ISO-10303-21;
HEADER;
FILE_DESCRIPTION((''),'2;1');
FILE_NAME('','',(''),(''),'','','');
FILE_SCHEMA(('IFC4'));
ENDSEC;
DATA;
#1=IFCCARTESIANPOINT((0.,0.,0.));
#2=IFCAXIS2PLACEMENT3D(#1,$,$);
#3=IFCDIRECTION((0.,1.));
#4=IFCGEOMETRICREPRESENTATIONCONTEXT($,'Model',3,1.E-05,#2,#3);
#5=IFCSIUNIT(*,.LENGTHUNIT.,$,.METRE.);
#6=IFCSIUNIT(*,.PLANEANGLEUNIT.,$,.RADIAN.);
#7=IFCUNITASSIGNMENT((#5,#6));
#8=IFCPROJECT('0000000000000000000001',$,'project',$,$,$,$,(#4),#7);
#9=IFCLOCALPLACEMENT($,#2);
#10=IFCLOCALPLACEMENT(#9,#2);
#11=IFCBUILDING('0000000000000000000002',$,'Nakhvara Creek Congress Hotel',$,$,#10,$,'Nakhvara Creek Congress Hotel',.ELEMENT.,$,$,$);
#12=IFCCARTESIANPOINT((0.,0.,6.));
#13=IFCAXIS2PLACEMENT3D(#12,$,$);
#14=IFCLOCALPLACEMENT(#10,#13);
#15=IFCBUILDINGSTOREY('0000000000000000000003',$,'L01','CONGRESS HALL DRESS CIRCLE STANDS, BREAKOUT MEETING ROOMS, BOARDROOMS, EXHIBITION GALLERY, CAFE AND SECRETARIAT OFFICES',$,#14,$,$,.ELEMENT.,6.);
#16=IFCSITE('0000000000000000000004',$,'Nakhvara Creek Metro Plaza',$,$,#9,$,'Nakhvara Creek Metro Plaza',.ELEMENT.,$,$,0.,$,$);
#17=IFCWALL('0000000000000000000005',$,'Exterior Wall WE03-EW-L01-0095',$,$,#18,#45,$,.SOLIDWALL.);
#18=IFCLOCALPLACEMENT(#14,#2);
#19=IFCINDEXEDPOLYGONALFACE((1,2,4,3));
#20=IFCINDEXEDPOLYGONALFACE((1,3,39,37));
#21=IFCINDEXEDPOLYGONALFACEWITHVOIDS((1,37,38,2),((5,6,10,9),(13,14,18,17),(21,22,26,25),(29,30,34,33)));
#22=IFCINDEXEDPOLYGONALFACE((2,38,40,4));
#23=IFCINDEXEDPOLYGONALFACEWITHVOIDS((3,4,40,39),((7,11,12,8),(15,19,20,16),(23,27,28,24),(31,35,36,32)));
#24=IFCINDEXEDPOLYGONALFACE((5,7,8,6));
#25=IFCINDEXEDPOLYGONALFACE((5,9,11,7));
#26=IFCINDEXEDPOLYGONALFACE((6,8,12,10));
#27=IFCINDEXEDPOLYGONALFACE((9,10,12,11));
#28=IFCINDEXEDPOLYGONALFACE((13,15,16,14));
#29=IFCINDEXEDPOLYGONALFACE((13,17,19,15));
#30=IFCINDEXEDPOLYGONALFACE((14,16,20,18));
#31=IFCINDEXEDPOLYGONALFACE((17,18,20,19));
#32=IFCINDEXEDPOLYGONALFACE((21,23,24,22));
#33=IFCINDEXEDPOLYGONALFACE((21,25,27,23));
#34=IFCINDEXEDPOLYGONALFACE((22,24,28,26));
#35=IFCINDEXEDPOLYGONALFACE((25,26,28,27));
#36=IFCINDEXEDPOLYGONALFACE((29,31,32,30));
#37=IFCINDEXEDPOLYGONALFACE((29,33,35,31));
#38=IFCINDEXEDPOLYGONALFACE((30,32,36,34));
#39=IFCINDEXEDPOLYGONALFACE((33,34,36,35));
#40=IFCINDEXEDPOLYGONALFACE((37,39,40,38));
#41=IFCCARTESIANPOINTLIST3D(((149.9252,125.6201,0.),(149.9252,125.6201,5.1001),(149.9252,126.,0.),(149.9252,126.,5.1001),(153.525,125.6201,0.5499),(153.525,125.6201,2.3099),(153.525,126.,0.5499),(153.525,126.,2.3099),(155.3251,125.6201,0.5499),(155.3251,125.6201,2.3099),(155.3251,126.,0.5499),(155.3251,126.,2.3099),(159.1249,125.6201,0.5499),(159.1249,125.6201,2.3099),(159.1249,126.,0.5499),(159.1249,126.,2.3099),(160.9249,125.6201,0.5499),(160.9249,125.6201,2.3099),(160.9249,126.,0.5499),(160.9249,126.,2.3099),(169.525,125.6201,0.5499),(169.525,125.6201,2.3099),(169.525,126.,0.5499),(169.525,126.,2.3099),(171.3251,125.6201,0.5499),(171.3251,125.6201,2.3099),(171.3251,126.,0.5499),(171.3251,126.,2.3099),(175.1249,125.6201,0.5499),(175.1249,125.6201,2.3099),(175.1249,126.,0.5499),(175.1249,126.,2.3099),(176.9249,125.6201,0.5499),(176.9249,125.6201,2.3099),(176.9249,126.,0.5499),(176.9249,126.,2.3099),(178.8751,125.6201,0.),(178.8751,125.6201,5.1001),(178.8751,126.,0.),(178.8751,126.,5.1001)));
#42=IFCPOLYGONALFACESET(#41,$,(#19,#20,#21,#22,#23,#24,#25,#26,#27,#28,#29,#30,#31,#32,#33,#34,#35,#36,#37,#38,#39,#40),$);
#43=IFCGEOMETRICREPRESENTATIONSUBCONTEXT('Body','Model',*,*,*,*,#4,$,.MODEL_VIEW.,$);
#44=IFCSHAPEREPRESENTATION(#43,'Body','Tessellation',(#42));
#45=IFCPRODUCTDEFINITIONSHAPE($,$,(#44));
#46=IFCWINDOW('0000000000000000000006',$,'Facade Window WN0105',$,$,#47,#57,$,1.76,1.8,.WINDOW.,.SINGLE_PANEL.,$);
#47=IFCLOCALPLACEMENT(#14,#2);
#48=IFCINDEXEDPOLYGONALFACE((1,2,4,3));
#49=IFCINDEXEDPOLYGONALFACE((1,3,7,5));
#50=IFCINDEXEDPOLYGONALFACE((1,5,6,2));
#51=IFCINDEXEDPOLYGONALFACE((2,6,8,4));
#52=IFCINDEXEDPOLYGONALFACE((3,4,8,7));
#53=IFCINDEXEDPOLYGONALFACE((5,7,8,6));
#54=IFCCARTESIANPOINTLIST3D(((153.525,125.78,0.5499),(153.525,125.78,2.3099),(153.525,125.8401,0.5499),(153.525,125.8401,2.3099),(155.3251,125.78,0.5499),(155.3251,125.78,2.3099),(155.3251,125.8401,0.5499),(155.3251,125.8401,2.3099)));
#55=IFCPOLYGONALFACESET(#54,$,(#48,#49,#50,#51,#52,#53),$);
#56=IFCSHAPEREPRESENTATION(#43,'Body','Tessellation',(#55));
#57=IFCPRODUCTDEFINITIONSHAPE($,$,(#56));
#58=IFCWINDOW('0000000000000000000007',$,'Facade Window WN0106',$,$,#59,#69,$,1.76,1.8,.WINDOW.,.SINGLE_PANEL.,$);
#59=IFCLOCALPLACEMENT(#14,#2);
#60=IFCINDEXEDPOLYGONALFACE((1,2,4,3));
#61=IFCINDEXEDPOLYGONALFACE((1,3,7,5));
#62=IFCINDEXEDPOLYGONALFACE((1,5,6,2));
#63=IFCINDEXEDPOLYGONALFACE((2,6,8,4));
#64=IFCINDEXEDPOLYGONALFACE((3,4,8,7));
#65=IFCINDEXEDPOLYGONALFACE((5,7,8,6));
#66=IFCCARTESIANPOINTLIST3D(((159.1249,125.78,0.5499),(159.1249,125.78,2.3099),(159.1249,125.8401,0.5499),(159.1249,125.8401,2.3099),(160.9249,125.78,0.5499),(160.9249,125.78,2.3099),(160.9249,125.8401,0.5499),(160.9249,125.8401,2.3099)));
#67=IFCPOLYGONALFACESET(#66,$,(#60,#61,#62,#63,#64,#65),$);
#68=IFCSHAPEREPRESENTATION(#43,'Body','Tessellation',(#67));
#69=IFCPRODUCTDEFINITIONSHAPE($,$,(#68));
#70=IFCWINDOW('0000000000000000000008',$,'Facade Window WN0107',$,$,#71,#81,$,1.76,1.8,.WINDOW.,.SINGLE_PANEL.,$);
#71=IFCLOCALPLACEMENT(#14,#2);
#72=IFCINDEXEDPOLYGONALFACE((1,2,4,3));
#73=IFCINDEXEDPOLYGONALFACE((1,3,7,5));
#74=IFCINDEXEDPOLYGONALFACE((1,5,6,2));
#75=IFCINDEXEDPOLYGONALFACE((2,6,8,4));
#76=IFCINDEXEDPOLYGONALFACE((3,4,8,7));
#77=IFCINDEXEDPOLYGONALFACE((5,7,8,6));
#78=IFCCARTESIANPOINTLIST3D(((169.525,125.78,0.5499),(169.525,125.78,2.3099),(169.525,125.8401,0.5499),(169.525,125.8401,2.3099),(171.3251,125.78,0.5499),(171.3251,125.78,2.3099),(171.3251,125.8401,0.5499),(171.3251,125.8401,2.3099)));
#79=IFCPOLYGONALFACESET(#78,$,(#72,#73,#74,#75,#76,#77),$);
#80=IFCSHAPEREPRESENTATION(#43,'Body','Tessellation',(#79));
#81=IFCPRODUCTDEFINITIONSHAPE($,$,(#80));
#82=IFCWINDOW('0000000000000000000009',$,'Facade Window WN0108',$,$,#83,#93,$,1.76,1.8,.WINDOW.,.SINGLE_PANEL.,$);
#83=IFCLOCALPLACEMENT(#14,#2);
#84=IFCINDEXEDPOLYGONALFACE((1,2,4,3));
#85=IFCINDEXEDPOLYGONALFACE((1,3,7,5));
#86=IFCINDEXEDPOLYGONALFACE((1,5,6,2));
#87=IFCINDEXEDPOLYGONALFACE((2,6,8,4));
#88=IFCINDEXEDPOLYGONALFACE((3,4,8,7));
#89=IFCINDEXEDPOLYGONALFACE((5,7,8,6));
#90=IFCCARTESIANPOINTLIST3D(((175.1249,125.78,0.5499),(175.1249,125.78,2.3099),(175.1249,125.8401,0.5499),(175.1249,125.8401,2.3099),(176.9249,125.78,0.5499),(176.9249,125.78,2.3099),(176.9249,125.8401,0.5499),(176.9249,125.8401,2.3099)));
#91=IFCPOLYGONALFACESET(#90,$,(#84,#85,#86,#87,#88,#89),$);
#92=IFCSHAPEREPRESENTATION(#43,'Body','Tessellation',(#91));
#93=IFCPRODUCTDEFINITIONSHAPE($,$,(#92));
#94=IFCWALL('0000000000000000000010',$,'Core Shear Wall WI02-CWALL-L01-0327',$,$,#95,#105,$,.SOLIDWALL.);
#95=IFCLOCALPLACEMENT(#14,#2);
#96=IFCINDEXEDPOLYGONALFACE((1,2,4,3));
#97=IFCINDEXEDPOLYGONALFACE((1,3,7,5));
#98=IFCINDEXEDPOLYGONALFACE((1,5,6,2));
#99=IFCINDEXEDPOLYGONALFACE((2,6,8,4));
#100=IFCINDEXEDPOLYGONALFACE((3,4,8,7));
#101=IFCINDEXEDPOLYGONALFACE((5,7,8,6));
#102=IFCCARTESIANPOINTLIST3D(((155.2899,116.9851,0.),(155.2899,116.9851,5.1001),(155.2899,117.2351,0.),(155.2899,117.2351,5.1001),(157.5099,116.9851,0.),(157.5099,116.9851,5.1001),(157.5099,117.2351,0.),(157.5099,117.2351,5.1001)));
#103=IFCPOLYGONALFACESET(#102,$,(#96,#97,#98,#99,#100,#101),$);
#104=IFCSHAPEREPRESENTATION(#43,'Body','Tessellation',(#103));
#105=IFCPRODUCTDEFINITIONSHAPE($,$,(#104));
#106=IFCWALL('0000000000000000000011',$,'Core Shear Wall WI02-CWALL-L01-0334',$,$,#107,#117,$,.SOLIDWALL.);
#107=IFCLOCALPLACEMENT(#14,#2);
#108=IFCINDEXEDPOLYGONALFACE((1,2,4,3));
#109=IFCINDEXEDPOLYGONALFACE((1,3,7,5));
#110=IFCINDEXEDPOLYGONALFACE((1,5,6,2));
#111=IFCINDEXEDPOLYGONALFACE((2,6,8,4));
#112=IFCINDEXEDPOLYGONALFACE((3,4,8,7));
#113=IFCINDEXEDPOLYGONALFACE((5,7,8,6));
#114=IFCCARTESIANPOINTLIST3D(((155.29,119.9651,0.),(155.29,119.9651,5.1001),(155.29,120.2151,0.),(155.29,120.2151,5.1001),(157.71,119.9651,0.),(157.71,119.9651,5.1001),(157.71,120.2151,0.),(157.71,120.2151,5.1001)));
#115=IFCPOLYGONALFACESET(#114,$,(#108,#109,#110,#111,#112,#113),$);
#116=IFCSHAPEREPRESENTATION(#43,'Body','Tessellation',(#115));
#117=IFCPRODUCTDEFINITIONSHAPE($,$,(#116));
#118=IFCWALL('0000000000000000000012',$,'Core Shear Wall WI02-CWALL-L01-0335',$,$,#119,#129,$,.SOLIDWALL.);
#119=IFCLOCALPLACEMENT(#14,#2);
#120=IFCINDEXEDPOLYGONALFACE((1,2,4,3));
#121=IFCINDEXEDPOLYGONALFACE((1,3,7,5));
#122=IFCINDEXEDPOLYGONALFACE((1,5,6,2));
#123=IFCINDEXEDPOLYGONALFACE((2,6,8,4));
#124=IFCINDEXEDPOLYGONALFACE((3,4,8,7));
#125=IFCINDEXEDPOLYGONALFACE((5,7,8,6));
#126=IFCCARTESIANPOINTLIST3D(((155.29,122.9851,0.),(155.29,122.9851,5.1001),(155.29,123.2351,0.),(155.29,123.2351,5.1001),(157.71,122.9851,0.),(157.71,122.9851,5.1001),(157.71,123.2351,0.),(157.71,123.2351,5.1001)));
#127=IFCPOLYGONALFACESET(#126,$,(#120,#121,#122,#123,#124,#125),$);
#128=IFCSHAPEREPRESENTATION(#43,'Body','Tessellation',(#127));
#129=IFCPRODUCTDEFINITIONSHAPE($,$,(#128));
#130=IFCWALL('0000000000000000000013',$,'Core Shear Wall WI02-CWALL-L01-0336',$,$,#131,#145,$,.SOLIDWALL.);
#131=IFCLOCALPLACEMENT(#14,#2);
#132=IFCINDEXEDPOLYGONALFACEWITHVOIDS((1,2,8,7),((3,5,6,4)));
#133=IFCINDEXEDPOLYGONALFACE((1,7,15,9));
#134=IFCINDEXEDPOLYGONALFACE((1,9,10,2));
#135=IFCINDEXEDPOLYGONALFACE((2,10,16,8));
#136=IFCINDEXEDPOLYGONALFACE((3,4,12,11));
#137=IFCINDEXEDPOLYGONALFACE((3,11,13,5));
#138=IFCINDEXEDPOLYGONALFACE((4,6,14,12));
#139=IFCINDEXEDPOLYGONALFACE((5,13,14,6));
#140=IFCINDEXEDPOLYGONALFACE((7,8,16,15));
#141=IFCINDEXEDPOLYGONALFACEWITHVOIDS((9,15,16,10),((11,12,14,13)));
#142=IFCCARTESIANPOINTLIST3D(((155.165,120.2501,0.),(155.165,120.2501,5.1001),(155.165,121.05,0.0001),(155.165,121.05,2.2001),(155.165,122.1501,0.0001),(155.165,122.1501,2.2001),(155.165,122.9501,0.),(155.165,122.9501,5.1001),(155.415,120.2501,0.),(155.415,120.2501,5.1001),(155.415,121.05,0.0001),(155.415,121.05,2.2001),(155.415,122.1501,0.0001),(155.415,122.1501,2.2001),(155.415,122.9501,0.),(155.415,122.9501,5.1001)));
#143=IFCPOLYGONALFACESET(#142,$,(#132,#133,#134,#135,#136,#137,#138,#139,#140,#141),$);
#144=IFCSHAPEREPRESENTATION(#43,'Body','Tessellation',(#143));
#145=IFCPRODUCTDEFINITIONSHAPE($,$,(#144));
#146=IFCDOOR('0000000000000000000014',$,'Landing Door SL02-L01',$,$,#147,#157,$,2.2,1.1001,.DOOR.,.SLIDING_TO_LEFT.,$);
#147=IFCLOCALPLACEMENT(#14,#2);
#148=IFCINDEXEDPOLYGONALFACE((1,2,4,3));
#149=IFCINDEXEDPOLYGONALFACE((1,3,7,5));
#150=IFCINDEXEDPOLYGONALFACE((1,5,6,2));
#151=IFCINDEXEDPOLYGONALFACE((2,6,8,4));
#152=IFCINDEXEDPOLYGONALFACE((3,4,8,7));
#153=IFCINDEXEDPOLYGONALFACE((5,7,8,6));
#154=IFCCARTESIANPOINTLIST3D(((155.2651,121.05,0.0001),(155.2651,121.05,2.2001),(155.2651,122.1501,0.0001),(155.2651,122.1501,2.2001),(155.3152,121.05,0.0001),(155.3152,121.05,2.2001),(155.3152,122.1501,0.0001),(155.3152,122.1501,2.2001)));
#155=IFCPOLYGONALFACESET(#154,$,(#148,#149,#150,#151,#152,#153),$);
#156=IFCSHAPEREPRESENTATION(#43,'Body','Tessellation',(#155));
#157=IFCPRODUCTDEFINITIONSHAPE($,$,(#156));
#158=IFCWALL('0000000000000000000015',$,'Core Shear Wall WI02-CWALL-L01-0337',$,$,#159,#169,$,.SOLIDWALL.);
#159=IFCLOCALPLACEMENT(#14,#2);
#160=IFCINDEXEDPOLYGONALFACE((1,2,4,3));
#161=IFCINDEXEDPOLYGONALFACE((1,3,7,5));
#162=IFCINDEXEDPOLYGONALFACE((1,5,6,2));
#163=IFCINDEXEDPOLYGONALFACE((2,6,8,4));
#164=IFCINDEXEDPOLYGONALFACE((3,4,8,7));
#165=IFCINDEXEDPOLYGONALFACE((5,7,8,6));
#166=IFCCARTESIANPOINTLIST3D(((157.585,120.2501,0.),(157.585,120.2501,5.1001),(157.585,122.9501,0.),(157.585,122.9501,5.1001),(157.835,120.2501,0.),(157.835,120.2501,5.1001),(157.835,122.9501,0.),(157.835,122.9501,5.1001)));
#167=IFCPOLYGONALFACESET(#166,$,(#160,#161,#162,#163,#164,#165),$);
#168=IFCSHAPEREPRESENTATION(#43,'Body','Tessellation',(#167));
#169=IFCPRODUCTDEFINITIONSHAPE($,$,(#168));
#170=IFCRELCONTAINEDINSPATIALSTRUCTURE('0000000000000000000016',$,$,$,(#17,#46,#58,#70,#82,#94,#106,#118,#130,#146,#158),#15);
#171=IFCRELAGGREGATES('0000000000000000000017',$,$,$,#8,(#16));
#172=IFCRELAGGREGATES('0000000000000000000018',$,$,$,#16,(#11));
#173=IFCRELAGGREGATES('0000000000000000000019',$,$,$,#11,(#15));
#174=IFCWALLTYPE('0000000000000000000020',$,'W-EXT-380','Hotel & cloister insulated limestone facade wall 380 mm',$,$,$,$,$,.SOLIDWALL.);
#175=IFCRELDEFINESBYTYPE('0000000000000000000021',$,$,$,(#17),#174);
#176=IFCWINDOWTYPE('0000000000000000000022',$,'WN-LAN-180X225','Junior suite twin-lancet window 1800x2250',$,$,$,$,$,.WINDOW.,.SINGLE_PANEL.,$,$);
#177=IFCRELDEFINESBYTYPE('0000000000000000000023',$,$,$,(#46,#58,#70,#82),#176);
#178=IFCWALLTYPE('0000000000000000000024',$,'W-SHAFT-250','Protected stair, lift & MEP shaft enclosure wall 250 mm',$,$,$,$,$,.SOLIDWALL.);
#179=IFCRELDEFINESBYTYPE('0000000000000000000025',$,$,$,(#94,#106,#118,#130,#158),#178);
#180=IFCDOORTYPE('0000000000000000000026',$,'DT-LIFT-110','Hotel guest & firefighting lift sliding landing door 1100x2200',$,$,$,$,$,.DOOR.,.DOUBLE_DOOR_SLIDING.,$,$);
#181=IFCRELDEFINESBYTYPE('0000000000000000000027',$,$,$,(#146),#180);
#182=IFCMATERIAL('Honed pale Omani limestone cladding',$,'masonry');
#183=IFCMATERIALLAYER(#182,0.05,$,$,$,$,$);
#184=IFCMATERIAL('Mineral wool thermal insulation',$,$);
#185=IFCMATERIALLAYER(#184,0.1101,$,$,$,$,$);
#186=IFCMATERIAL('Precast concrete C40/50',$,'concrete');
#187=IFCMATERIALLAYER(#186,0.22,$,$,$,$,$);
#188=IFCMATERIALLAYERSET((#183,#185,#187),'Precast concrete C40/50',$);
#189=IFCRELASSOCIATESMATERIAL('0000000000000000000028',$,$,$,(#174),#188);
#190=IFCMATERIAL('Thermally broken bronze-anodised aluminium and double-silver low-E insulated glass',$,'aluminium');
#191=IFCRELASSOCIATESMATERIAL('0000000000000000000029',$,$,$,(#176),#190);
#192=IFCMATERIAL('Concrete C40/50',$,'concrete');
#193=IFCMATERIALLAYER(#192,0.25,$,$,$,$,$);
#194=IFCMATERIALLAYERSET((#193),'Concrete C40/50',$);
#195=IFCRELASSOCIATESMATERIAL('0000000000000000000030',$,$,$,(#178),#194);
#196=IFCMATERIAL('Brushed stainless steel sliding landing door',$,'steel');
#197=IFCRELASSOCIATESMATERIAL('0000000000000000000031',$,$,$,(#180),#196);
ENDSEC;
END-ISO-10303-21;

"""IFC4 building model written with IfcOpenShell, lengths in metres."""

from ifc_helpers import new_model, si_unit, direction, frame, frame_2d, origin, place, context, subcontext, project, spatial, rectangle, extrude, material, layer, layer_set, type_object, element, fill, save


model = new_model("IFC4")

# Units and contexts
model_context = context("Model", 3, precision=1e-05, world=origin(), true_north=direction((0.0, 1.0)))
body_context = subcontext(model_context, "Body", "Model", "MODEL_VIEW")
ifc_project = project(units=[si_unit("LENGTHUNIT", "METRE"), si_unit("PLANEANGLEUNIT", "RADIAN")], contexts=[model_context])

# Site, building, storey
site_placement = place(None, origin())
site = spatial("IfcSite", under=ifc_project, at=site_placement, Name="Nakhvara Creek Metro Plaza", LongName="Nakhvara Creek Metro Plaza", CompositionType="ELEMENT", RefElevation=0.0)
building_placement = place(site_placement, origin())
building = spatial("IfcBuilding", under=site, at=building_placement, Name="Nakhvara Creek Congress Hotel", LongName="Nakhvara Creek Congress Hotel", CompositionType="ELEMENT")
storey_placement = place(building_placement, frame((0.0, 0.0, 6.0)))
storey = spatial("IfcBuildingStorey", under=building, at=storey_placement, Name="L01", Description="CONGRESS HALL DRESS CIRCLE STANDS, BREAKOUT MEETING ROOMS, BOARDROOMS, EXHIBITION GALLERY, CAFE AND SECRETARIAT OFFICES", CompositionType="ELEMENT", Elevation=6.0)

# Wall, openings, windows
ifc_material_1 = material(Name="Honed pale Omani limestone cladding", Category="masonry")
ifc_layer_1 = layer(ifc_material_1, 0.05)
ifc_material_2 = material(Name="Mineral wool thermal insulation")
ifc_layer_2 = layer(ifc_material_2, 0.1101)
ifc_material_3 = material(Name="Precast concrete C40/50", Category="concrete")
ifc_layer_3 = layer(ifc_material_3, 0.22)
ifc_layer_set_1 = layer_set([ifc_layer_1, ifc_layer_2, ifc_layer_3], Name="Precast concrete C40/50")
wall_type_1 = type_object("IfcWallType", Name="W-EXT-380", Description="Hotel & cloister insulated limestone facade wall 380 mm", PredefinedType="SOLIDWALL", material=ifc_layer_set_1)
wall_1_placement = place(storey_placement, frame((149.925, 125.8101, 0.0), z_axis=(0.0, 0.0, 1.0), x_axis=(1.0, 0.0, 0.0)))
wall_1 = element("IfcWall", 1, at=wall_1_placement, inside=storey, type_object=wall_type_1, Name="Exterior Wall WE03-EW-L01-0095", PredefinedType="SOLIDWALL", context=body_context, shape_type="SweptSolid", body=[
    extrude(rectangle(XDim=28.95, YDim=0.3799, at=frame_2d((14.4751, 0.0))), origin(), (0.0, 0.0, 1.0), 5.1001),
])
opening_1_placement = place(wall_1_placement, frame((3.6001, 0.0, 0.55)))
opening_1 = element("IfcOpeningElement", 2, at=opening_1_placement, cuts=wall_1, PredefinedType="OPENING", context=body_context, shape_type="SweptSolid", body=[
    extrude(rectangle(XDim=1.8, YDim=1.76, at=frame_2d((0.8999, 0.8799))), frame((0.0, 0.2019, 0.0), z_axis=(0.0, -1.0, 0.0), x_axis=(1.0, 0.0, 0.0)), (0.0, 0.0, 1.0), 0.4038),
])
opening_2_placement = place(wall_1_placement, frame((9.2, 0.0, 0.55)))
opening_2 = element("IfcOpeningElement", 3, at=opening_2_placement, cuts=wall_1, PredefinedType="OPENING", context=body_context, shape_type="SweptSolid", body=[
    extrude(rectangle(XDim=1.8, YDim=1.76, at=frame_2d((0.8999, 0.8799))), frame((0.0, 0.2019, 0.0), z_axis=(0.0, -1.0, 0.0), x_axis=(1.0, 0.0, 0.0)), (0.0, 0.0, 1.0), 0.4038),
])
opening_3_placement = place(wall_1_placement, frame((19.6001, 0.0, 0.55)))
opening_3 = element("IfcOpeningElement", 4, at=opening_3_placement, cuts=wall_1, PredefinedType="OPENING", context=body_context, shape_type="SweptSolid", body=[
    extrude(rectangle(XDim=1.8, YDim=1.76, at=frame_2d((0.8999, 0.8799))), frame((0.0, 0.2019, 0.0), z_axis=(0.0, -1.0, 0.0), x_axis=(1.0, 0.0, 0.0)), (0.0, 0.0, 1.0), 0.4038),
])
opening_4_placement = place(wall_1_placement, frame((25.2, 0.0, 0.55)))
opening_4 = element("IfcOpeningElement", 5, at=opening_4_placement, cuts=wall_1, PredefinedType="OPENING", context=body_context, shape_type="SweptSolid", body=[
    extrude(rectangle(XDim=1.8, YDim=1.76, at=frame_2d((0.8999, 0.8799))), frame((0.0, 0.2019, 0.0), z_axis=(0.0, -1.0, 0.0), x_axis=(1.0, 0.0, 0.0)), (0.0, 0.0, 1.0), 0.4038),
])
ifc_material_4 = material(Name="Thermally broken bronze-anodised aluminium and double-silver low-E insulated glass", Category="aluminium")
window_type = type_object("IfcWindowType", Name="WN-LAN-180X225", Description="Junior suite twin-lancet window 1800x2250", PartitioningType="SINGLE_PANEL", PredefinedType="WINDOW", material=ifc_material_4)
window_1_placement = place(opening_1_placement, origin())
window_1 = element("IfcWindow", 6, at=window_1_placement, inside=storey, type_object=window_type, Name="Facade Window WN0105", OverallHeight=1.76, OverallWidth=1.8, PartitioningType="SINGLE_PANEL", PredefinedType="WINDOW", context=body_context, shape_type="SweptSolid", body=[
    extrude(rectangle(XDim=1.8, YDim=1.76, at=frame_2d((0.8999, 0.8799))), frame((0.0, 0.03, 0.0), z_axis=(0.0, -1.0, 0.0), x_axis=(1.0, 0.0, 0.0)), (0.0, 0.0, 1.0), 0.0601),
])
fill(opening_1, window_1)
window_2_placement = place(opening_2_placement, origin())
window_2 = element("IfcWindow", 7, at=window_2_placement, inside=storey, type_object=window_type, Name="Facade Window WN0106", OverallHeight=1.76, OverallWidth=1.8, PartitioningType="SINGLE_PANEL", PredefinedType="WINDOW", context=body_context, shape_type="SweptSolid", body=[
    extrude(rectangle(XDim=1.8, YDim=1.76, at=frame_2d((0.8999, 0.8799))), frame((0.0, 0.03, 0.0), z_axis=(0.0, -1.0, 0.0), x_axis=(1.0, 0.0, 0.0)), (0.0, 0.0, 1.0), 0.0601),
])
fill(opening_2, window_2)
window_3_placement = place(opening_3_placement, origin())
window_3 = element("IfcWindow", 8, at=window_3_placement, inside=storey, type_object=window_type, Name="Facade Window WN0107", OverallHeight=1.76, OverallWidth=1.8, PartitioningType="SINGLE_PANEL", PredefinedType="WINDOW", context=body_context, shape_type="SweptSolid", body=[
    extrude(rectangle(XDim=1.8, YDim=1.76, at=frame_2d((0.8999, 0.8799))), frame((0.0, 0.03, 0.0), z_axis=(0.0, -1.0, 0.0), x_axis=(1.0, 0.0, 0.0)), (0.0, 0.0, 1.0), 0.0601),
])
fill(opening_3, window_3)
window_4_placement = place(opening_4_placement, origin())
window_4 = element("IfcWindow", 9, at=window_4_placement, inside=storey, type_object=window_type, Name="Facade Window WN0108", OverallHeight=1.76, OverallWidth=1.8, PartitioningType="SINGLE_PANEL", PredefinedType="WINDOW", context=body_context, shape_type="SweptSolid", body=[
    extrude(rectangle(XDim=1.8, YDim=1.76, at=frame_2d((0.8999, 0.8799))), frame((0.0, 0.03, 0.0), z_axis=(0.0, -1.0, 0.0), x_axis=(1.0, 0.0, 0.0)), (0.0, 0.0, 1.0), 0.0601),
])
fill(opening_4, window_4)

# Walls
ifc_material_5 = material(Name="Concrete C40/50", Category="concrete")
ifc_layer_4 = layer(ifc_material_5, 0.25)
ifc_layer_set_2 = layer_set([ifc_layer_4], Name="Concrete C40/50")
wall_type_2 = type_object("IfcWallType", Name="W-SHAFT-250", Description="Protected stair, lift & MEP shaft enclosure wall 250 mm", PredefinedType="SOLIDWALL", material=ifc_layer_set_2)
wall_2_placement = place(storey_placement, frame((155.29, 117.1101, 0.0), z_axis=(0.0, 0.0, 1.0), x_axis=(1.0, 0.0, 0.0)))
element("IfcWall", 10, at=wall_2_placement, inside=storey, type_object=wall_type_2, Name="Core Shear Wall WI02-CWALL-L01-0327", PredefinedType="SOLIDWALL", context=body_context, shape_type="SweptSolid", body=[
    extrude(rectangle(XDim=2.22, YDim=0.25, at=frame_2d((1.1099, 0.0))), origin(), (0.0, 0.0, 1.0), 5.1001),
])
for number, where, z_axis, x_axis, name in (
    (11, (155.29, 120.0901, 0.0), (0.0, 0.0, 1.0), (1.0, 0.0, 0.0), "Core Shear Wall WI02-CWALL-L01-0334"),
    (12, (155.29, 123.1101, 0.0), (0.0, 0.0, 1.0), (1.0, 0.0, 0.0), "Core Shear Wall WI02-CWALL-L01-0335"),
):
    element("IfcWall", number, at=place(storey_placement, frame(where, z_axis=z_axis, x_axis=x_axis)), inside=storey, type_object=wall_type_2, Name=name, PredefinedType="SOLIDWALL", context=body_context, shape_type="SweptSolid", body=[
        extrude(rectangle(XDim=2.4199, YDim=0.25, at=frame_2d((1.21, 0.0))), origin(), (0.0, 0.0, 1.0), 5.1001),
    ])

# Wall, opening, door
wall_3_placement = place(storey_placement, frame((155.29, 120.25, 0.0), z_axis=(0.0, 0.0, 1.0), x_axis=(0.0, 1.0, 0.0)))
wall_3 = element("IfcWall", 13, at=wall_3_placement, inside=storey, type_object=wall_type_2, Name="Core Shear Wall WI02-CWALL-L01-0336", PredefinedType="SOLIDWALL", context=body_context, shape_type="SweptSolid", body=[
    extrude(rectangle(XDim=2.7, YDim=0.25, at=frame_2d((1.3501, 0.0))), origin(), (0.0, 0.0, 1.0), 5.1001),
])
opening_5_placement = place(wall_3_placement, frame((0.8, 0.0, 0.0)))
opening_5 = element("IfcOpeningElement", 14, at=opening_5_placement, cuts=wall_3, PredefinedType="OPENING", context=body_context, shape_type="SweptSolid", body=[
    extrude(rectangle(XDim=1.1001, YDim=2.2, at=frame_2d((0.55, 1.1001))), frame((0.0, 0.137, 0.0), z_axis=(0.0, -1.0, 0.0), x_axis=(1.0, 0.0, 0.0)), (0.0, 0.0, 1.0), 0.2739),
])
ifc_material_6 = material(Name="Brushed stainless steel sliding landing door", Category="steel")
door_type = type_object("IfcDoorType", Name="DT-LIFT-110", Description="Hotel guest & firefighting lift sliding landing door 1100x2200", OperationType="DOUBLE_DOOR_SLIDING", PredefinedType="DOOR", material=ifc_material_6)
door_placement = place(opening_5_placement, origin())
door = element("IfcDoor", 15, at=door_placement, inside=storey, type_object=door_type, Name="Landing Door SL02-L01", OperationType="SLIDING_TO_LEFT", OverallHeight=2.2, OverallWidth=1.1001, PredefinedType="DOOR", context=body_context, shape_type="SweptSolid", body=[
    extrude(rectangle(XDim=1.1001, YDim=2.2, at=frame_2d((0.55, 1.1001))), frame((0.0, 0.0249, 0.0), z_axis=(0.0, -1.0, 0.0), x_axis=(1.0, 0.0, 0.0)), (0.0, 0.0, 1.0), 0.05),
])
fill(opening_5, door)

# Wall
wall_4_placement = place(storey_placement, frame((157.71, 120.25, 0.0), z_axis=(0.0, 0.0, 1.0), x_axis=(0.0, 1.0, 0.0)))
element("IfcWall", 16, at=wall_4_placement, inside=storey, type_object=wall_type_2, Name="Core Shear Wall WI02-CWALL-L01-0337", PredefinedType="SOLIDWALL", context=body_context, shape_type="SweptSolid", body=[
    extrude(rectangle(XDim=2.7, YDim=0.25, at=frame_2d((1.3501, 0.0))), origin(), (0.0, 0.0, 1.0), 5.1001),
])

save(model, "model.ifc")
